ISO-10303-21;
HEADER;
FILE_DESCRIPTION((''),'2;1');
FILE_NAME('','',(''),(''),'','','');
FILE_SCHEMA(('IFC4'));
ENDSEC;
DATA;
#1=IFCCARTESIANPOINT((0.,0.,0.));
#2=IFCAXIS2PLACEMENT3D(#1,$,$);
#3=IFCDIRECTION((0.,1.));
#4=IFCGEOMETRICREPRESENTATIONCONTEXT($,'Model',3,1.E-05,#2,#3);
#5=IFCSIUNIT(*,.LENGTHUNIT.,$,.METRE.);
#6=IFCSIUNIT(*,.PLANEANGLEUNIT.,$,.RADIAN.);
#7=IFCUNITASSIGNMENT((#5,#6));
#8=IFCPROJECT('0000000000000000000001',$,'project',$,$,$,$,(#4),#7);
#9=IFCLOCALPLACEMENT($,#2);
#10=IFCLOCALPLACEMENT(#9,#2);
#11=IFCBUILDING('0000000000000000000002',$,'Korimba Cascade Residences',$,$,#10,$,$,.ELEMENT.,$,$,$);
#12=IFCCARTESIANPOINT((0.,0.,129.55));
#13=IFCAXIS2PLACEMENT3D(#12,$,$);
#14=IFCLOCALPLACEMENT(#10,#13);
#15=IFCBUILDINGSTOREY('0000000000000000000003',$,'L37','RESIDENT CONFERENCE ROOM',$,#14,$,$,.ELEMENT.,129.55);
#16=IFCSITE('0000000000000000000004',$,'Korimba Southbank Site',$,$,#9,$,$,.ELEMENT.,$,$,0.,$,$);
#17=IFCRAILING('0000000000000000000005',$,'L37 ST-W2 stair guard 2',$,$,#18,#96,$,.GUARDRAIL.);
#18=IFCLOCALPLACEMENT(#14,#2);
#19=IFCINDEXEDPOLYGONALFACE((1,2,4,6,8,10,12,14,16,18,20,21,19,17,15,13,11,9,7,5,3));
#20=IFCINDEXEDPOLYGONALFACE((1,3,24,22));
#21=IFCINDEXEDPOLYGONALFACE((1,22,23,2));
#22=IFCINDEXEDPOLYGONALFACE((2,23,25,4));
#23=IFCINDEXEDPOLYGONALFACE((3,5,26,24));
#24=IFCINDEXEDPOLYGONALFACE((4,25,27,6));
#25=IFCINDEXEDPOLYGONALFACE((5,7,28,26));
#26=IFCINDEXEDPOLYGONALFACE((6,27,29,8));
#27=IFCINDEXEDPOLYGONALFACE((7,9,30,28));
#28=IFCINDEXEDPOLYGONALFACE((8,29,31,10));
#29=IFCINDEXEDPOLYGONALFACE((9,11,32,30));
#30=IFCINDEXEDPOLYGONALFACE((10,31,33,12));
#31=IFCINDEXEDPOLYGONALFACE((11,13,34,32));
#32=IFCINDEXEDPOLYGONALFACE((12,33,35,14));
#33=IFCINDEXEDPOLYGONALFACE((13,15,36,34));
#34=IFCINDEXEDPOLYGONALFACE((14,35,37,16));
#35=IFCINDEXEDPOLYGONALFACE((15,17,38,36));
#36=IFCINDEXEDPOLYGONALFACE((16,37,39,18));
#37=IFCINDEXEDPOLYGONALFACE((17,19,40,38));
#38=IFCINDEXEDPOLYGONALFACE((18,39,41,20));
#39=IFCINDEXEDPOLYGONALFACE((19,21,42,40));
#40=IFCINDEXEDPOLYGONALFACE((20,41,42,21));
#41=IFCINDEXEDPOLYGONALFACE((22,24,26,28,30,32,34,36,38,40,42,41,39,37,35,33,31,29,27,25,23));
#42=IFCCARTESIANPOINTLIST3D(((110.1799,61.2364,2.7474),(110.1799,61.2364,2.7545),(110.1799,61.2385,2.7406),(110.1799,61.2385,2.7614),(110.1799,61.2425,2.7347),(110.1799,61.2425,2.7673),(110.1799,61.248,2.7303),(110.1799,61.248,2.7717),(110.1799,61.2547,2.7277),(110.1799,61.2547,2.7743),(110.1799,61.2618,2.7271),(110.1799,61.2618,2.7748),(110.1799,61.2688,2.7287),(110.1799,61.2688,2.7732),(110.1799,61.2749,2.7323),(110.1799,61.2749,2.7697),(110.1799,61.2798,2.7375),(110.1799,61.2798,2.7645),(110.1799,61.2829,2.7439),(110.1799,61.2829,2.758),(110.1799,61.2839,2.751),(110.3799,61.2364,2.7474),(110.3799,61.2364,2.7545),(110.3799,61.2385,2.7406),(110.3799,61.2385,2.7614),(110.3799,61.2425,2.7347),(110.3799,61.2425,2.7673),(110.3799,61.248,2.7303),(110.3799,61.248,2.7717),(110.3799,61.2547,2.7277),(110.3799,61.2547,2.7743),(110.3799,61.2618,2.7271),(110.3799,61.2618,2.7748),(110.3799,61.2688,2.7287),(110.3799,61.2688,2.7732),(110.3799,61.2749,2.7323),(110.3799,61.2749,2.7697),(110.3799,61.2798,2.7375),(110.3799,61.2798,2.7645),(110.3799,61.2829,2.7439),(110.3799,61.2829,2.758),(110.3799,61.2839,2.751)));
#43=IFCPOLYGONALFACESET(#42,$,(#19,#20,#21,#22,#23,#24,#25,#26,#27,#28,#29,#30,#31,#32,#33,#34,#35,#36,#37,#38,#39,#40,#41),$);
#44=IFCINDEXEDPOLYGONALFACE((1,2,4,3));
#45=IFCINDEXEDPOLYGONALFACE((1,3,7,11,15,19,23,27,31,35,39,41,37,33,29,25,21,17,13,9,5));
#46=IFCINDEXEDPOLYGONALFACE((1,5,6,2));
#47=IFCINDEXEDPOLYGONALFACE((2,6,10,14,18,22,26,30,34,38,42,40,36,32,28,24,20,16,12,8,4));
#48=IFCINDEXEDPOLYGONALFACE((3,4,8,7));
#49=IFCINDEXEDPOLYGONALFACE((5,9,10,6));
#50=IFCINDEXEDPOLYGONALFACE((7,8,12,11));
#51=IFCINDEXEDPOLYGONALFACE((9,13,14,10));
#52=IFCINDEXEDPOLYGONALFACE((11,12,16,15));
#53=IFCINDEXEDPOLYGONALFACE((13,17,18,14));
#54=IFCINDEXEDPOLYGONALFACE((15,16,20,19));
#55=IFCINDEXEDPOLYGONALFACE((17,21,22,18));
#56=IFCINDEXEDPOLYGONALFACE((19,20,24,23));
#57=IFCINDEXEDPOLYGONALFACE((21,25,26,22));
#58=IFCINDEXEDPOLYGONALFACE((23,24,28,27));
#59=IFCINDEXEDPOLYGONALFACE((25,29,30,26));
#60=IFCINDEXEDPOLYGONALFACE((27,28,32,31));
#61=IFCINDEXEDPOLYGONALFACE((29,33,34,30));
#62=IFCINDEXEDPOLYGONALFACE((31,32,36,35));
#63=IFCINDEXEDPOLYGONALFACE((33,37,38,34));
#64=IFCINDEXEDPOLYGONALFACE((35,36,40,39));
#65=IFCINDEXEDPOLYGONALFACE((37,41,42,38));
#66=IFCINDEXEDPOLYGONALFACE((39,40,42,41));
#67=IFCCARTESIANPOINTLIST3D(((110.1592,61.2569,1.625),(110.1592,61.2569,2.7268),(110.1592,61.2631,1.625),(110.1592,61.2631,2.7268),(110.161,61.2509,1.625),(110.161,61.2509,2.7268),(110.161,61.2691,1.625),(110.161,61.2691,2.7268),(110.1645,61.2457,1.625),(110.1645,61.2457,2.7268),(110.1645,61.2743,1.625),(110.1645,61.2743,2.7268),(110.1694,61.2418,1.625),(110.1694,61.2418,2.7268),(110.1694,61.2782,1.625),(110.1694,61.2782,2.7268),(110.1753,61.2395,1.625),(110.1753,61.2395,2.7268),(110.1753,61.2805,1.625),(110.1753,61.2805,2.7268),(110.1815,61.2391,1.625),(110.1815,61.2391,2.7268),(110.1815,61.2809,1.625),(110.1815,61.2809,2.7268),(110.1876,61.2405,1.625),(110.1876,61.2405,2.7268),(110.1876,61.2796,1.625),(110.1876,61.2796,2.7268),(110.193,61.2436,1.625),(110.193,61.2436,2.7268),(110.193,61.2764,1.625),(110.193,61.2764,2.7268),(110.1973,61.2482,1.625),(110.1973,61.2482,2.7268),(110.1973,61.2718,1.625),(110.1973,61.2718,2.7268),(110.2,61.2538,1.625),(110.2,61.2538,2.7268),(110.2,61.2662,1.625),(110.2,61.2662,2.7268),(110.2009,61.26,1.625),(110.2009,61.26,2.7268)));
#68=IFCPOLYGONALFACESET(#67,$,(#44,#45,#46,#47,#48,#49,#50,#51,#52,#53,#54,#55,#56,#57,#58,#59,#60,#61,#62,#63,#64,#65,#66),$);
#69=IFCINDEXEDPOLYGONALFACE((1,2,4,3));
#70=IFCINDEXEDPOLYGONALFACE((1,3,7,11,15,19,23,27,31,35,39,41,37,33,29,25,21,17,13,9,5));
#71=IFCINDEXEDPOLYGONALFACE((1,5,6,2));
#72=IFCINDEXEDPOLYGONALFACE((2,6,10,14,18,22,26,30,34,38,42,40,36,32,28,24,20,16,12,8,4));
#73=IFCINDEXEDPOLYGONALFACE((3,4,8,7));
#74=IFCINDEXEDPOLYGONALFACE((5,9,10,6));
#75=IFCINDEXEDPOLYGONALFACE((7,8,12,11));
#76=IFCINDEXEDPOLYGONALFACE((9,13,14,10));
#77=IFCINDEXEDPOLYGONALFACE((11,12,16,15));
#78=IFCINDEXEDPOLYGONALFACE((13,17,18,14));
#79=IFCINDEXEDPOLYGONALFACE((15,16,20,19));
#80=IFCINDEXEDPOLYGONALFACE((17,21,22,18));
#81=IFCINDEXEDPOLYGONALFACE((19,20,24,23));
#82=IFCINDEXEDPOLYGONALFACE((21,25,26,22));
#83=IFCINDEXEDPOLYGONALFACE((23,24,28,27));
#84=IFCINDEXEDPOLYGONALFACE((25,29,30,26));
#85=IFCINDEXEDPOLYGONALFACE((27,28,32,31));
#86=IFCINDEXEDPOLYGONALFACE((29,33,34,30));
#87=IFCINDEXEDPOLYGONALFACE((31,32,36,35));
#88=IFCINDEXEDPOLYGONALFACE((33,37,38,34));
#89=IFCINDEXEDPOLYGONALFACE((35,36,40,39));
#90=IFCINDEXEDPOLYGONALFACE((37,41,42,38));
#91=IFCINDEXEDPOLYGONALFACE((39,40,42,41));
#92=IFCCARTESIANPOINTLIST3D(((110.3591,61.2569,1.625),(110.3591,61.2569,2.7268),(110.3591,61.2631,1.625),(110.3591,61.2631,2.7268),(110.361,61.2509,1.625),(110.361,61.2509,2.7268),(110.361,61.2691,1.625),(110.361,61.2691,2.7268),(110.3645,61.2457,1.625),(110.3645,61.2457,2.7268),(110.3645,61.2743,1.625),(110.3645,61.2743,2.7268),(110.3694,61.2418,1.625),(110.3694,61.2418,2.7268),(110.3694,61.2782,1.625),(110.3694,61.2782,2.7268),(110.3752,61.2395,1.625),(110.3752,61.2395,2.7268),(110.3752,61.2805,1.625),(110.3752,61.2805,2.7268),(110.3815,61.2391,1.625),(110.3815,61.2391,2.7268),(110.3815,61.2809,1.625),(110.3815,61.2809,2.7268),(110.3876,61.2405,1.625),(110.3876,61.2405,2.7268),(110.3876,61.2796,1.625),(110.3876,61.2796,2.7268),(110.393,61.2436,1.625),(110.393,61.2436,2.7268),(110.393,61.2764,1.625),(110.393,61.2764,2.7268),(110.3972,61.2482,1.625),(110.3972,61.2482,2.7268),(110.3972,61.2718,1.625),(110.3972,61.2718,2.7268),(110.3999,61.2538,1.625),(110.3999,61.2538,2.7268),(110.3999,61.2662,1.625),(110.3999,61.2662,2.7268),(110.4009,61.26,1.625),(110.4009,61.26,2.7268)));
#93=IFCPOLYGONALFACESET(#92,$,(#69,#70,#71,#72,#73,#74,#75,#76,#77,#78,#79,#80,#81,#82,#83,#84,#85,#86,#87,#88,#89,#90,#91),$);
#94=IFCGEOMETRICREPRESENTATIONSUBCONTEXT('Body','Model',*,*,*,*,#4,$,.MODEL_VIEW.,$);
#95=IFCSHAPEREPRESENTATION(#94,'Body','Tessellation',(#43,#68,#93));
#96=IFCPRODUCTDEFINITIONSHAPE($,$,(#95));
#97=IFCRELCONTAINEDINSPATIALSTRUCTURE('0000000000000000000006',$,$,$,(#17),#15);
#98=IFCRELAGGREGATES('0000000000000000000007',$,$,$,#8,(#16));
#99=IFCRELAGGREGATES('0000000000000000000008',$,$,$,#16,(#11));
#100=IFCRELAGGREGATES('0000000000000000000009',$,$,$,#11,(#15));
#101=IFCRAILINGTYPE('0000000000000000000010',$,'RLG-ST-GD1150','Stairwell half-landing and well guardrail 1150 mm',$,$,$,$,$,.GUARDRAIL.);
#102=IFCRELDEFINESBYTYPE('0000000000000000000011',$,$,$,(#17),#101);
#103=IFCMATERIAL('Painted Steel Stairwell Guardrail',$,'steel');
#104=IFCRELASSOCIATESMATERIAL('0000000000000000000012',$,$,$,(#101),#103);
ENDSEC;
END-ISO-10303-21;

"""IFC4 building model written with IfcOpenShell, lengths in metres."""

from ifc_helpers import new_model, si_unit, direction, frame, origin, origin_2d, place, context, subcontext, project, spatial, circle, extrude, material, type_object, element, save


model = new_model("IFC4")

# Units and contexts
model_context = context("Model", 3, precision=1e-05, world=origin(), true_north=direction((0.0, 1.0)))
body_context = subcontext(model_context, "Body", "Model", "MODEL_VIEW")
ifc_project = project(units=[si_unit("LENGTHUNIT", "METRE"), si_unit("PLANEANGLEUNIT", "RADIAN")], contexts=[model_context])

# Site, building, storey
site_placement = place(None, origin())
site = spatial("IfcSite", under=ifc_project, at=site_placement, Name="Korimba Southbank Site", CompositionType="ELEMENT", RefElevation=0.0)
building_placement = place(site_placement, origin())
building = spatial("IfcBuilding", under=site, at=building_placement, Name="Korimba Cascade Residences", CompositionType="ELEMENT")
storey_placement = place(building_placement, frame((0.0, 0.0, 129.55)))
storey = spatial("IfcBuildingStorey", under=building, at=storey_placement, Name="L37", Description="RESIDENT CONFERENCE ROOM", CompositionType="ELEMENT", Elevation=129.55)

# Railing
ifc_material_1 = material(Name="Painted Steel Stairwell Guardrail", Category="steel")
railing_type_1 = type_object("IfcRailingType", Name="RLG-ST-GD1150", Description="Stairwell half-landing and well guardrail 1150 mm", PredefinedType="GUARDRAIL", material=ifc_material_1)
railing_1_placement = place(storey_placement, frame((110.1799, 61.26, 1.625)))
element("IfcRailing", 1, at=railing_1_placement, inside=storey, type_object=railing_type_1, Name="L37 ST-W2 stair guard 2", PredefinedType="GUARDRAIL", context=body_context, shape_type="SweptSolid", body=[
    extrude(circle(Radius=0.0239, at=origin_2d()), frame((0.0, 0.0, 1.126), z_axis=(1.0, 0.0, 0.0), x_axis=(0.0, 1.0, 0.0)), (0.0, 0.0, 1.0), 0.2),
    extrude(circle(Radius=0.021, at=origin_2d()), origin(), (0.0, 0.0, 1.0), 1.1018),
    extrude(circle(Radius=0.021, at=origin_2d()), frame((0.2, 0.0, 0.0)), (0.0, 0.0, 1.0), 1.1018),
])

save(model, "model.ifc")
